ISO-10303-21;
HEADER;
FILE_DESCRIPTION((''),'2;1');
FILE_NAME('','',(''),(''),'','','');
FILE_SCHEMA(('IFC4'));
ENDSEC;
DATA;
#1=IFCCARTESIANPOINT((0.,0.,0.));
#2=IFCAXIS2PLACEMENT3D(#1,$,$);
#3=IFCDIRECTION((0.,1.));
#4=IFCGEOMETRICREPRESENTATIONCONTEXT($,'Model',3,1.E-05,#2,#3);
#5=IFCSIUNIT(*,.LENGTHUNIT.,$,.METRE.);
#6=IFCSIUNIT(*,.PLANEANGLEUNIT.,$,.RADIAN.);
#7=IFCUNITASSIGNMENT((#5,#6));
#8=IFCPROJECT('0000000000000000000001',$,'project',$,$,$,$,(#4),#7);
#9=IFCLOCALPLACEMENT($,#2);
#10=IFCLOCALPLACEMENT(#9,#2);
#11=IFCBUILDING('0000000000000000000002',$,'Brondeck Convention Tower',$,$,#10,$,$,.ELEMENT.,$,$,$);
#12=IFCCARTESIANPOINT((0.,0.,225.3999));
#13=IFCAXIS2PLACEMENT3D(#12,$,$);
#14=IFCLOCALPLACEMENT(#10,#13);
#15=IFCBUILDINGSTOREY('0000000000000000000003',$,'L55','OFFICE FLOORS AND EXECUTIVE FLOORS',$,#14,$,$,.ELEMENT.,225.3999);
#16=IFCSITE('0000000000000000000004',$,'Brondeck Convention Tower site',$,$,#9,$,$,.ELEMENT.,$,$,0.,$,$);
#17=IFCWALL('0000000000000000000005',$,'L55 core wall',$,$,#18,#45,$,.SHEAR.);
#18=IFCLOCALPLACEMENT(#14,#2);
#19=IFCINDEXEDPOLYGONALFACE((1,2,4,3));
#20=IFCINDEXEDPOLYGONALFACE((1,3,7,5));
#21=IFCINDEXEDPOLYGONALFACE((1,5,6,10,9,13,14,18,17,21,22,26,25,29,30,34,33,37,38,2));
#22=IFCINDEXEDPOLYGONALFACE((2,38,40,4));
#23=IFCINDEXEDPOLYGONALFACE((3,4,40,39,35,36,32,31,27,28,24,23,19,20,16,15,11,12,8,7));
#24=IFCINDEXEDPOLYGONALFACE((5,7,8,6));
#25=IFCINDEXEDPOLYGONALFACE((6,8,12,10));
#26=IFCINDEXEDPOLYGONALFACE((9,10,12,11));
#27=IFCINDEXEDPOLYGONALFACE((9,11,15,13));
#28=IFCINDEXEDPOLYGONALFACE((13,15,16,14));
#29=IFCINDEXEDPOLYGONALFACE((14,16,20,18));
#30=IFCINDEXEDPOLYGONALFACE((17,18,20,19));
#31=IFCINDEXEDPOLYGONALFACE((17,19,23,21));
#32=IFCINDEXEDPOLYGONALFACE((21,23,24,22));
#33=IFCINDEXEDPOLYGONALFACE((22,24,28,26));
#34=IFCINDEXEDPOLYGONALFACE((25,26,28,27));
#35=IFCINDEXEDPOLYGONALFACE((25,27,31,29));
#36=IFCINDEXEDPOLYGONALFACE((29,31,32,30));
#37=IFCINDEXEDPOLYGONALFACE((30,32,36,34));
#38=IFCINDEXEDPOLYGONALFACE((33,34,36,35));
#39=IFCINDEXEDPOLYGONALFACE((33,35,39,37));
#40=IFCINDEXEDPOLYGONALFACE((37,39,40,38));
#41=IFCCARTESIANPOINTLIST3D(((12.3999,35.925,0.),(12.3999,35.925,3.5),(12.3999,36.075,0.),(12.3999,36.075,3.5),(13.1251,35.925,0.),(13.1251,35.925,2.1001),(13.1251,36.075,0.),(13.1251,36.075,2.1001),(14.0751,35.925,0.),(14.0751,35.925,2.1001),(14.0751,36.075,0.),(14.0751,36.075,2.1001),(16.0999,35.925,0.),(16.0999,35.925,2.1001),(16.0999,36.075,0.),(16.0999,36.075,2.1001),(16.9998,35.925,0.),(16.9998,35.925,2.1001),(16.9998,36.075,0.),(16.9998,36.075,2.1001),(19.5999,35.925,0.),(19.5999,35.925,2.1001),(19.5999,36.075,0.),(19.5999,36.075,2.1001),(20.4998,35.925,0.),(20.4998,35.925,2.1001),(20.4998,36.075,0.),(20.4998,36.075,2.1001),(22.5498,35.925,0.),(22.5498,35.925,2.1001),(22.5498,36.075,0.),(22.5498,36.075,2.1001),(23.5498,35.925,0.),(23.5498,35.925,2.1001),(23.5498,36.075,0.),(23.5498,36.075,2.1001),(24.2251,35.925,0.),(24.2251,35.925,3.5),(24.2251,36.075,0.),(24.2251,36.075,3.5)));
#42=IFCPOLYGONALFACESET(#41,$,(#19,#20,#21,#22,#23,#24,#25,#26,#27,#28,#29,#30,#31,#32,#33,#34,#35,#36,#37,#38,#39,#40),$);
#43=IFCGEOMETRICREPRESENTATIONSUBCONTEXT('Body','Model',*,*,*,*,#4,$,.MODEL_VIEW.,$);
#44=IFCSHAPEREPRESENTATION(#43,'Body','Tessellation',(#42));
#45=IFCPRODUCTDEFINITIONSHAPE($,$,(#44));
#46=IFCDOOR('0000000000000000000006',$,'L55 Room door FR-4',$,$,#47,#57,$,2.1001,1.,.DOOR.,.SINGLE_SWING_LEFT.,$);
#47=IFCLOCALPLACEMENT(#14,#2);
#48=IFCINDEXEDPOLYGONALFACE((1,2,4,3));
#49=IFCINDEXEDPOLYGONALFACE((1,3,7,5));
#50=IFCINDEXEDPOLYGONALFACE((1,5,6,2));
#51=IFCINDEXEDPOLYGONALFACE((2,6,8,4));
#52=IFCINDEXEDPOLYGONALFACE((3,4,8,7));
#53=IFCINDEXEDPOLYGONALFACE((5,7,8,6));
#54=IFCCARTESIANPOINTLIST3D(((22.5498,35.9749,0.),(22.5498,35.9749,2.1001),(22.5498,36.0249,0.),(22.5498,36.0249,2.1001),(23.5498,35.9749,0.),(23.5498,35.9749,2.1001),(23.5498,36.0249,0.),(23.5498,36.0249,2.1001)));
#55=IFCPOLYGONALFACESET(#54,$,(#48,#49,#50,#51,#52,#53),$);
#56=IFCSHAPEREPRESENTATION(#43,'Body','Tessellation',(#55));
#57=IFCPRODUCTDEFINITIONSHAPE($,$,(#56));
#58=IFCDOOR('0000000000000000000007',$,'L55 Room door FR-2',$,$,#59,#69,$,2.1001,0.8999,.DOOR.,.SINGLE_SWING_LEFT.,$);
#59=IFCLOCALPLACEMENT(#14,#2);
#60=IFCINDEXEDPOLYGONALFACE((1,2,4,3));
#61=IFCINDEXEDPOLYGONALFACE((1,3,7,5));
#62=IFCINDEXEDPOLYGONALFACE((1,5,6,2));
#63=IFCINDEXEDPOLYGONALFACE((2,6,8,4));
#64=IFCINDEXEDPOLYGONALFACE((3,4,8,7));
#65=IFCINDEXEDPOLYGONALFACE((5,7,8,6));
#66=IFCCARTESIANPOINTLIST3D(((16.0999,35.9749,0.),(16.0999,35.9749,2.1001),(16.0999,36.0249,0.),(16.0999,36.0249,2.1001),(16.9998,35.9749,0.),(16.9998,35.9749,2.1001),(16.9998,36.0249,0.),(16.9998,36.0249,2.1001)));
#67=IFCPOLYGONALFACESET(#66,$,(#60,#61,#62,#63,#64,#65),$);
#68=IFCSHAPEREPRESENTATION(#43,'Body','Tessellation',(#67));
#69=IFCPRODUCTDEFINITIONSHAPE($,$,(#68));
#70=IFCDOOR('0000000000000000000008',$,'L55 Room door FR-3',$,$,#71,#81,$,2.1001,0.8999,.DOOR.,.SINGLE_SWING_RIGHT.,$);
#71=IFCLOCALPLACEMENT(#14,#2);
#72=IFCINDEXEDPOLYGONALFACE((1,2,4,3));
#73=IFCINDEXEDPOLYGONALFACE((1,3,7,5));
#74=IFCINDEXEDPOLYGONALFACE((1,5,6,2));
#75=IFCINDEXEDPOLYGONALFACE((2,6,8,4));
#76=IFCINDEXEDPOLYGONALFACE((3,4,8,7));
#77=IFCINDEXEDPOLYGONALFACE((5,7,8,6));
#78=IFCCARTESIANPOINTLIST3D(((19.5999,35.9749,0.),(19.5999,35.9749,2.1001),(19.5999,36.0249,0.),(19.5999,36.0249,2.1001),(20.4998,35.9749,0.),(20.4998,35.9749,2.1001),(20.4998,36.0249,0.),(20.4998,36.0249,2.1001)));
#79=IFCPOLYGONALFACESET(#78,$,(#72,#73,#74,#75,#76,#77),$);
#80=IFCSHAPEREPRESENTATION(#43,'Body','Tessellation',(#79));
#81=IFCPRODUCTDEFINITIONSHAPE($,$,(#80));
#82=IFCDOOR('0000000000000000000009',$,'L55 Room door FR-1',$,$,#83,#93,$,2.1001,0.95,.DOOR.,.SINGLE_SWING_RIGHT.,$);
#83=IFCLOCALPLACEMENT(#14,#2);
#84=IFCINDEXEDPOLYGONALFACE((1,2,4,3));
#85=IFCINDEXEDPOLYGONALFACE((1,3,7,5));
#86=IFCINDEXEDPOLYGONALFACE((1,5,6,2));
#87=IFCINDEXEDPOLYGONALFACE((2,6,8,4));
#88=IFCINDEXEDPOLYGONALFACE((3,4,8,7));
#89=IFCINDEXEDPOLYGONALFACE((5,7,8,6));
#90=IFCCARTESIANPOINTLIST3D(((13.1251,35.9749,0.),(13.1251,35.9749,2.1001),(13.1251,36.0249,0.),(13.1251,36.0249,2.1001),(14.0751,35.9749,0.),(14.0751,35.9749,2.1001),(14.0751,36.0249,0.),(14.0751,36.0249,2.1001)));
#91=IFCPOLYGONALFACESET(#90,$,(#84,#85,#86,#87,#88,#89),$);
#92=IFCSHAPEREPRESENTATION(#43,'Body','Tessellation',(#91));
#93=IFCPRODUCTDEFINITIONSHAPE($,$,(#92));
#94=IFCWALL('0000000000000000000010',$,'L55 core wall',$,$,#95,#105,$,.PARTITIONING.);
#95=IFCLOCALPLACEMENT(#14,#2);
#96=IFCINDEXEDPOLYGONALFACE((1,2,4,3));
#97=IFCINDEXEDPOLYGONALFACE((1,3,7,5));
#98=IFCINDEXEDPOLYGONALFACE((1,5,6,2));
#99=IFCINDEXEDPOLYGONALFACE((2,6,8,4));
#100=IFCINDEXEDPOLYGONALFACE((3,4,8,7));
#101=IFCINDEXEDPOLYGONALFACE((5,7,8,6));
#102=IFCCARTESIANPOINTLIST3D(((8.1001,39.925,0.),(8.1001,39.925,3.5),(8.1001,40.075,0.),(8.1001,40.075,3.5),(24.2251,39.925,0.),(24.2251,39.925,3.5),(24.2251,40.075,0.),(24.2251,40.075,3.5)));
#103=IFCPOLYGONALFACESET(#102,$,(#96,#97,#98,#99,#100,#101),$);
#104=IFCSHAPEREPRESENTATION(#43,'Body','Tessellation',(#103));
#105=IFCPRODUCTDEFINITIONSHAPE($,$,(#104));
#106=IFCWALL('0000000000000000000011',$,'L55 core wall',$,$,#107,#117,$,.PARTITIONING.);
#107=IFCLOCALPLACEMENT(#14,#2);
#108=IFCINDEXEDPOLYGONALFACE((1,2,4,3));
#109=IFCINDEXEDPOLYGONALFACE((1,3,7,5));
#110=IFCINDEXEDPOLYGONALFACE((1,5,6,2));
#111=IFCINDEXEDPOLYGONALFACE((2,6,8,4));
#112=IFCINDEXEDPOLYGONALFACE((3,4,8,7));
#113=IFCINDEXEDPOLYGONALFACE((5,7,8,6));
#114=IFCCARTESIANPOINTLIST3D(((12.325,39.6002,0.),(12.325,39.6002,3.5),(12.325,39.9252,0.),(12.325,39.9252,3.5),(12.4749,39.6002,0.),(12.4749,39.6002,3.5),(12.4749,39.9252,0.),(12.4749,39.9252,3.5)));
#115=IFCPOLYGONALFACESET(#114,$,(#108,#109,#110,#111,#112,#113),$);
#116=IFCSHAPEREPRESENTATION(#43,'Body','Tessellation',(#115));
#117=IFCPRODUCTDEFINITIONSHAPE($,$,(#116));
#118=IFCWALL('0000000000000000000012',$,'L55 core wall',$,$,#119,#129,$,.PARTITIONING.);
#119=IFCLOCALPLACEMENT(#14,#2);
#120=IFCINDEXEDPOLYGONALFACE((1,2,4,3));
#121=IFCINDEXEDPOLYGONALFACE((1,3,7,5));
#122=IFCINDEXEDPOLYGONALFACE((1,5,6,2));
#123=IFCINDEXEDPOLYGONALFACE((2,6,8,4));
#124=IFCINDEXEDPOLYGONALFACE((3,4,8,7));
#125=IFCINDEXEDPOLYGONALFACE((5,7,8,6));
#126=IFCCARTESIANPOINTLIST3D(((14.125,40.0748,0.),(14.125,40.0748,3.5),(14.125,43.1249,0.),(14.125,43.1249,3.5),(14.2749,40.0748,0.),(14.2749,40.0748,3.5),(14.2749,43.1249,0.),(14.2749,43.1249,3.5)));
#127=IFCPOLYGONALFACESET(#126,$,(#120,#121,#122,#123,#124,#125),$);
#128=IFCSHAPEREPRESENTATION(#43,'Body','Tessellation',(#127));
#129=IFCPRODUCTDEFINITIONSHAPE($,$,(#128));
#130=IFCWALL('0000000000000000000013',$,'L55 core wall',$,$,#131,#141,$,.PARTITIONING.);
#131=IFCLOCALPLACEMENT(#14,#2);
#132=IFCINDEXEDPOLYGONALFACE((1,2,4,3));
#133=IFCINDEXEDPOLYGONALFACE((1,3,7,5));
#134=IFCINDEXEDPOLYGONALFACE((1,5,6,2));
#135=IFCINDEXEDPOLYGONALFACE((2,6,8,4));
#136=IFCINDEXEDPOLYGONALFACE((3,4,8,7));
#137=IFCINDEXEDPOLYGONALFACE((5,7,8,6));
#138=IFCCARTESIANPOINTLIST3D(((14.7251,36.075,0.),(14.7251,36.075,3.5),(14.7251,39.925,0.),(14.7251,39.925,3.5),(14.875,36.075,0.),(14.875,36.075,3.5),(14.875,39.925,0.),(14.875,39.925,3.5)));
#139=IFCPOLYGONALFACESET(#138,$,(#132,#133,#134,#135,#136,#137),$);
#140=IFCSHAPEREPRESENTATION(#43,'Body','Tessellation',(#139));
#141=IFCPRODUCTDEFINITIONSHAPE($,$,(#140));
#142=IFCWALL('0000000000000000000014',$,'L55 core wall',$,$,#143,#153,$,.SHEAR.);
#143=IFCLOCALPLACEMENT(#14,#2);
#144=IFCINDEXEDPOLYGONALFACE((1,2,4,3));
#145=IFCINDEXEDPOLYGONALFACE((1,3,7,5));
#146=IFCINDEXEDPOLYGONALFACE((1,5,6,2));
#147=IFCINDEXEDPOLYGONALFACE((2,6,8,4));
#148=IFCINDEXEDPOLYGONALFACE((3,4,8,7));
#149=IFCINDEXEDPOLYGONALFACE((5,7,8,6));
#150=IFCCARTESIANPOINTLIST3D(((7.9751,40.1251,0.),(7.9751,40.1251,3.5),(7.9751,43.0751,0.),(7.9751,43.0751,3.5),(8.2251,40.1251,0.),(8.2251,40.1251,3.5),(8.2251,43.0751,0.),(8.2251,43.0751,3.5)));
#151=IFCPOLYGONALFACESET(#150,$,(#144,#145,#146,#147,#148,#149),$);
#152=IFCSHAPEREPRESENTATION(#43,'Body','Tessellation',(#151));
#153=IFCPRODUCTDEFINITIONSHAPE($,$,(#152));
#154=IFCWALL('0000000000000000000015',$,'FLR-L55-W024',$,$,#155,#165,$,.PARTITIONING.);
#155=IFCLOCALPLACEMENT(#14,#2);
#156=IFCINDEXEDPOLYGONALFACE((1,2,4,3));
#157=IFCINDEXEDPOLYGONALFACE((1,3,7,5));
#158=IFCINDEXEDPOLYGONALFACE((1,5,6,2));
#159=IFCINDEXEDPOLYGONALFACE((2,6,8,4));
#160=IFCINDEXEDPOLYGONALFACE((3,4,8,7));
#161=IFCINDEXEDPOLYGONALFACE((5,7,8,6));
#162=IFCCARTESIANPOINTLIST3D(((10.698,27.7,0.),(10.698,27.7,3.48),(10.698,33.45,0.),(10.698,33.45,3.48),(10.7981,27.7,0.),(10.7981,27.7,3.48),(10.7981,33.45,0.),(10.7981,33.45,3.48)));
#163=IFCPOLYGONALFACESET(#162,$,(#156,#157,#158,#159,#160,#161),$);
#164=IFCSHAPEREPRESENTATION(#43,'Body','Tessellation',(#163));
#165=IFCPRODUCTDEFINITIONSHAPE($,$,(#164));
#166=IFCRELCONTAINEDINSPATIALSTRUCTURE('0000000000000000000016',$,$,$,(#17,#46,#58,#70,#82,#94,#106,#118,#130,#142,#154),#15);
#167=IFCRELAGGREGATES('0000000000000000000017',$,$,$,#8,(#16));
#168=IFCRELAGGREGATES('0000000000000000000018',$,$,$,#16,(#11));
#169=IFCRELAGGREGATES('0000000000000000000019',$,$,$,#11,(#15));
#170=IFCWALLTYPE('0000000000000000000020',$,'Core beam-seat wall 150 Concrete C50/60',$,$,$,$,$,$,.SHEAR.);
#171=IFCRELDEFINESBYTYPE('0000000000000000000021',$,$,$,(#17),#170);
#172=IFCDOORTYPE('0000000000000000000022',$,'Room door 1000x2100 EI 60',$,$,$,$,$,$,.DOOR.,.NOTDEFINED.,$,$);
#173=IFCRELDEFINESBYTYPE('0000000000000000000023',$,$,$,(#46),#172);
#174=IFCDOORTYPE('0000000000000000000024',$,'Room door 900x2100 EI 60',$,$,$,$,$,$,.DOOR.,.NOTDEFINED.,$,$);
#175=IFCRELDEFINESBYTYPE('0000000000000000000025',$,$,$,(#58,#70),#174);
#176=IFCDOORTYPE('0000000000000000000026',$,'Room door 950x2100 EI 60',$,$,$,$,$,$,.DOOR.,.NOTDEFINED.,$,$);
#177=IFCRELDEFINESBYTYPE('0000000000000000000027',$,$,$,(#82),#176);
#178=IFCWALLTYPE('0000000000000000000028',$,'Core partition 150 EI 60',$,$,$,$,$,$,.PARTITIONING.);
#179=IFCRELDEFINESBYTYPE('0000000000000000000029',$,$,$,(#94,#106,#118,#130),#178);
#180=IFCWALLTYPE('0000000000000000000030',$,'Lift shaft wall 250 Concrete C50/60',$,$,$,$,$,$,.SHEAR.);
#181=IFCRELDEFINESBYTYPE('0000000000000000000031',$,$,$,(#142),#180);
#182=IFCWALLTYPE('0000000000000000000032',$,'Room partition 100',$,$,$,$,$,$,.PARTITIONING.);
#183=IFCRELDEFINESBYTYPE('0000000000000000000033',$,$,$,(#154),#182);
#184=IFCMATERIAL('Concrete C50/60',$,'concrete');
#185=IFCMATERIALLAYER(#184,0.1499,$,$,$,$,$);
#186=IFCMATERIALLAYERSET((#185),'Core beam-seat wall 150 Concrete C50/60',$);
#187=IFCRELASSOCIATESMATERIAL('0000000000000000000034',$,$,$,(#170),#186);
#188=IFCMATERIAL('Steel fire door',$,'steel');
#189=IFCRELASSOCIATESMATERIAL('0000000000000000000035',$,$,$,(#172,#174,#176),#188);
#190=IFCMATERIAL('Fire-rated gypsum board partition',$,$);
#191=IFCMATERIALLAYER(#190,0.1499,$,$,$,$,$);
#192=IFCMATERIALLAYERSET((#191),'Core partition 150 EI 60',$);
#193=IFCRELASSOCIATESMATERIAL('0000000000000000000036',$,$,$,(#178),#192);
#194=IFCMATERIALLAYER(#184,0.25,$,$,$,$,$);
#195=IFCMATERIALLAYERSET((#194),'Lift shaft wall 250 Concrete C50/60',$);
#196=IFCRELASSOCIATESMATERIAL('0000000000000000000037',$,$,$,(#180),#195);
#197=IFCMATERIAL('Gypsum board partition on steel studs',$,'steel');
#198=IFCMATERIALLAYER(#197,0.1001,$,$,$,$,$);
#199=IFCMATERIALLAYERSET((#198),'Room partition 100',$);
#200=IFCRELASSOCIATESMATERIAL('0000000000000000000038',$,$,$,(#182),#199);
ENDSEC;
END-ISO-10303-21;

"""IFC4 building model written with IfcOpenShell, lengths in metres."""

from ifc_helpers import new_model, si_unit, direction, frame, frame_2d, origin, place, context, subcontext, project, spatial, rectangle, extrude, material, layer, layer_set, type_object, element, fill, save


model = new_model("IFC4")

# Units and contexts
model_context = context("Model", 3, precision=1e-05, world=origin(), true_north=direction((0.0, 1.0)))
body_context = subcontext(model_context, "Body", "Model", "MODEL_VIEW")
ifc_project = project(units=[si_unit("LENGTHUNIT", "METRE"), si_unit("PLANEANGLEUNIT", "RADIAN")], contexts=[model_context])

# Site, building, storey
site_placement = place(None, origin())
site = spatial("IfcSite", under=ifc_project, at=site_placement, Name="Brondeck Convention Tower site", CompositionType="ELEMENT", RefElevation=0.0)
building_placement = place(site_placement, origin())
building = spatial("IfcBuilding", under=site, at=building_placement, Name="Brondeck Convention Tower", CompositionType="ELEMENT")
storey_placement = place(building_placement, frame((0.0, 0.0, 225.3999)))
storey = spatial("IfcBuildingStorey", under=building, at=storey_placement, Name="L55", Description="OFFICE FLOORS AND EXECUTIVE FLOORS", CompositionType="ELEMENT", Elevation=225.3999)

# Shared definitions
ifc_material_1 = material(Name="Concrete C50/60", Category="concrete")

# Wall, openings, doors
ifc_layer_1 = layer(ifc_material_1, 0.1499)
ifc_layer_set_1 = layer_set([ifc_layer_1], Name="Core beam-seat wall 150 Concrete C50/60")
wall_type_1 = type_object("IfcWallType", Name="Core beam-seat wall 150 Concrete C50/60", PredefinedType="SHEAR", material=ifc_layer_set_1)
wall_1_placement = place(storey_placement, frame((12.3999, 36.0, 0.0), z_axis=(0.0, 0.0, 1.0), x_axis=(1.0, 0.0, 0.0)))
wall_1 = element("IfcWall", 1, at=wall_1_placement, inside=storey, type_object=wall_type_1, Name="L55 core wall", PredefinedType="SHEAR", context=body_context, shape_type="SweptSolid", body=[
    extrude(rectangle(XDim=11.8252, YDim=0.1499, at=frame_2d((5.9126, 0.0))), origin(), (0.0, 0.0, 1.0), 3.5),
])
opening_1_placement = place(wall_1_placement, frame((0.7251, 0.0, 0.0)))
opening_1 = element("IfcOpeningElement", 2, at=opening_1_placement, cuts=wall_1, PredefinedType="OPENING", context=body_context, shape_type="SweptSolid", body=[
    extrude(rectangle(XDim=0.95, YDim=2.1001, at=frame_2d((0.4751, 1.05))), frame((0.0, 0.085, 0.0), z_axis=(0.0, -1.0, 0.0), x_axis=(1.0, 0.0, 0.0)), (0.0, 0.0, 1.0), 0.1699),
])
opening_2_placement = place(wall_1_placement, frame((3.7, 0.0, 0.0)))
opening_2 = element("IfcOpeningElement", 3, at=opening_2_placement, cuts=wall_1, PredefinedType="OPENING", context=body_context, shape_type="SweptSolid", body=[
    extrude(rectangle(XDim=0.8999, YDim=2.1001, at=frame_2d((0.45, 1.05))), frame((0.0, 0.085, 0.0), z_axis=(0.0, -1.0, 0.0), x_axis=(1.0, 0.0, 0.0)), (0.0, 0.0, 1.0), 0.1699),
])
opening_3_placement = place(wall_1_placement, frame((7.2, 0.0, 0.0)))
opening_3 = element("IfcOpeningElement", 4, at=opening_3_placement, cuts=wall_1, PredefinedType="OPENING", context=body_context, shape_type="SweptSolid", body=[
    extrude(rectangle(XDim=0.8999, YDim=2.1001, at=frame_2d((0.45, 1.05))), frame((0.0, 0.085, 0.0), z_axis=(0.0, -1.0, 0.0), x_axis=(1.0, 0.0, 0.0)), (0.0, 0.0, 1.0), 0.1699),
])
opening_4_placement = place(wall_1_placement, frame((10.1499, 0.0, 0.0)))
opening_4 = element("IfcOpeningElement", 5, at=opening_4_placement, cuts=wall_1, PredefinedType="OPENING", context=body_context, shape_type="SweptSolid", body=[
    extrude(rectangle(XDim=1.0, YDim=2.1001, at=frame_2d((0.5, 1.05))), frame((0.0, 0.085, 0.0), z_axis=(0.0, -1.0, 0.0), x_axis=(1.0, 0.0, 0.0)), (0.0, 0.0, 1.0), 0.1699),
])
ifc_material_2 = material(Name="Steel fire door", Category="steel")
door_type_1 = type_object("IfcDoorType", Name="Room door 1000x2100 EI 60", OperationType="NOTDEFINED", PredefinedType="DOOR", material=ifc_material_2)
door_1_placement = place(opening_4_placement, origin())
door_1 = element("IfcDoor", 6, at=door_1_placement, inside=storey, type_object=door_type_1, Name="L55 Room door FR-4", OperationType="SINGLE_SWING_LEFT", OverallHeight=2.1001, OverallWidth=1.0, PredefinedType="DOOR", context=body_context, shape_type="SweptSolid", body=[
    extrude(rectangle(XDim=1.0, YDim=2.1001, at=frame_2d((0.5, 1.05))), frame((0.0, 0.0249, 0.0), z_axis=(0.0, -1.0, 0.0), x_axis=(1.0, 0.0, 0.0)), (0.0, 0.0, 1.0), 0.05),
])
fill(opening_4, door_1)
door_type_2 = type_object("IfcDoorType", Name="Room door 900x2100 EI 60", OperationType="NOTDEFINED", PredefinedType="DOOR", material=ifc_material_2)
door_2_placement = place(opening_2_placement, origin())
door_2 = element("IfcDoor", 7, at=door_2_placement, inside=storey, type_object=door_type_2, Name="L55 Room door FR-2", OperationType="SINGLE_SWING_LEFT", OverallHeight=2.1001, OverallWidth=0.8999, PredefinedType="DOOR", context=body_context, shape_type="SweptSolid", body=[
    extrude(rectangle(XDim=0.8999, YDim=2.1001, at=frame_2d((0.45, 1.05))), frame((0.0, 0.0249, 0.0), z_axis=(0.0, -1.0, 0.0), x_axis=(1.0, 0.0, 0.0)), (0.0, 0.0, 1.0), 0.05),
])
fill(opening_2, door_2)
door_3_placement = place(opening_3_placement, origin())
door_3 = element("IfcDoor", 8, at=door_3_placement, inside=storey, type_object=door_type_2, Name="L55 Room door FR-3", OperationType="SINGLE_SWING_RIGHT", OverallHeight=2.1001, OverallWidth=0.8999, PredefinedType="DOOR", context=body_context, shape_type="SweptSolid", body=[
    extrude(rectangle(XDim=0.8999, YDim=2.1001, at=frame_2d((0.45, 1.05))), frame((0.0, 0.0249, 0.0), z_axis=(0.0, -1.0, 0.0), x_axis=(1.0, 0.0, 0.0)), (0.0, 0.0, 1.0), 0.05),
])
fill(opening_3, door_3)
door_type_3 = type_object("IfcDoorType", Name="Room door 950x2100 EI 60", OperationType="NOTDEFINED", PredefinedType="DOOR", material=ifc_material_2)
door_4_placement = place(opening_1_placement, origin())
door_4 = element("IfcDoor", 9, at=door_4_placement, inside=storey, type_object=door_type_3, Name="L55 Room door FR-1", OperationType="SINGLE_SWING_RIGHT", OverallHeight=2.1001, OverallWidth=0.95, PredefinedType="DOOR", context=body_context, shape_type="SweptSolid", body=[
    extrude(rectangle(XDim=0.95, YDim=2.1001, at=frame_2d((0.4751, 1.05))), frame((0.0, 0.0249, 0.0), z_axis=(0.0, -1.0, 0.0), x_axis=(1.0, 0.0, 0.0)), (0.0, 0.0, 1.0), 0.05),
])
fill(opening_1, door_4)

# Walls
ifc_material_3 = material(Name="Fire-rated gypsum board partition")
ifc_layer_2 = layer(ifc_material_3, 0.1499)
ifc_layer_set_2 = layer_set([ifc_layer_2], Name="Core partition 150 EI 60")
wall_type_2 = type_object("IfcWallType", Name="Core partition 150 EI 60", PredefinedType="PARTITIONING", material=ifc_layer_set_2)
wall_2_placement = place(storey_placement, frame((8.1001, 40.0, 0.0), z_axis=(0.0, 0.0, 1.0), x_axis=(1.0, 0.0, 0.0)))
element("IfcWall", 10, at=wall_2_placement, inside=storey, type_object=wall_type_2, Name="L55 core wall", PredefinedType="PARTITIONING", context=body_context, shape_type="SweptSolid", body=[
    extrude(rectangle(XDim=16.125, YDim=0.1499, at=frame_2d((8.0625, 0.0))), origin(), (0.0, 0.0, 1.0), 3.5),
])
wall_3_placement = place(storey_placement, frame((12.3999, 39.6001, 0.0), z_axis=(0.0, 0.0, 1.0), x_axis=(0.0, 1.0, 0.0)))
element("IfcWall", 11, at=wall_3_placement, inside=storey, type_object=wall_type_2, Name="L55 core wall", PredefinedType="PARTITIONING", context=body_context, shape_type="SweptSolid", body=[
    extrude(rectangle(XDim=0.325, YDim=0.1499, at=frame_2d((0.1626, 0.0))), origin(), (0.0, 0.0, 1.0), 3.5),
])
wall_4_placement = place(storey_placement, frame((14.2, 40.075, 0.0), z_axis=(0.0, 0.0, 1.0), x_axis=(0.0, 1.0, 0.0)))
element("IfcWall", 12, at=wall_4_placement, inside=storey, type_object=wall_type_2, Name="L55 core wall", PredefinedType="PARTITIONING", context=body_context, shape_type="SweptSolid", body=[
    extrude(rectangle(XDim=3.05, YDim=0.1499, at=frame_2d((1.5249, 0.0))), origin(), (0.0, 0.0, 1.0), 3.5),
])
wall_5_placement = place(storey_placement, frame((14.8, 36.075, 0.0), z_axis=(0.0, 0.0, 1.0), x_axis=(0.0, 1.0, 0.0)))
element("IfcWall", 13, at=wall_5_placement, inside=storey, type_object=wall_type_2, Name="L55 core wall", PredefinedType="PARTITIONING", context=body_context, shape_type="SweptSolid", body=[
    extrude(rectangle(XDim=3.8501, YDim=0.1499, at=frame_2d((1.925, 0.0))), origin(), (0.0, 0.0, 1.0), 3.5),
])
ifc_layer_3 = layer(ifc_material_1, 0.25)
ifc_layer_set_3 = layer_set([ifc_layer_3], Name="Lift shaft wall 250 Concrete C50/60")
wall_type_3 = type_object("IfcWallType", Name="Lift shaft wall 250 Concrete C50/60", PredefinedType="SHEAR", material=ifc_layer_set_3)
wall_6_placement = place(storey_placement, frame((8.1001, 40.125, 0.0), z_axis=(0.0, 0.0, 1.0), x_axis=(0.0, 1.0, 0.0)))
element("IfcWall", 14, at=wall_6_placement, inside=storey, type_object=wall_type_3, Name="L55 core wall", PredefinedType="SHEAR", context=body_context, shape_type="SweptSolid", body=[
    extrude(rectangle(XDim=2.95, YDim=0.25, at=frame_2d((1.4751, 0.0))), origin(), (0.0, 0.0, 1.0), 3.5),
])
ifc_material_4 = material(Name="Gypsum board partition on steel studs", Category="steel")
ifc_layer_4 = layer(ifc_material_4, 0.1001)
ifc_layer_set_4 = layer_set([ifc_layer_4], Name="Room partition 100")
wall_type_4 = type_object("IfcWallType", Name="Room partition 100", PredefinedType="PARTITIONING", material=ifc_layer_set_4)
wall_7_placement = place(storey_placement, frame((10.748, 33.45, 0.0), z_axis=(0.0, 0.0, 1.0), x_axis=(0.0, -1.0, 0.0)))
element("IfcWall", 15, at=wall_7_placement, inside=storey, type_object=wall_type_4, Name="FLR-L55-W024", PredefinedType="PARTITIONING", context=body_context, shape_type="SweptSolid", body=[
    extrude(rectangle(XDim=5.75, YDim=0.1001, at=frame_2d((2.875, 0.0))), origin(), (0.0, 0.0, 1.0), 3.48),
])

save(model, "model.ifc")
